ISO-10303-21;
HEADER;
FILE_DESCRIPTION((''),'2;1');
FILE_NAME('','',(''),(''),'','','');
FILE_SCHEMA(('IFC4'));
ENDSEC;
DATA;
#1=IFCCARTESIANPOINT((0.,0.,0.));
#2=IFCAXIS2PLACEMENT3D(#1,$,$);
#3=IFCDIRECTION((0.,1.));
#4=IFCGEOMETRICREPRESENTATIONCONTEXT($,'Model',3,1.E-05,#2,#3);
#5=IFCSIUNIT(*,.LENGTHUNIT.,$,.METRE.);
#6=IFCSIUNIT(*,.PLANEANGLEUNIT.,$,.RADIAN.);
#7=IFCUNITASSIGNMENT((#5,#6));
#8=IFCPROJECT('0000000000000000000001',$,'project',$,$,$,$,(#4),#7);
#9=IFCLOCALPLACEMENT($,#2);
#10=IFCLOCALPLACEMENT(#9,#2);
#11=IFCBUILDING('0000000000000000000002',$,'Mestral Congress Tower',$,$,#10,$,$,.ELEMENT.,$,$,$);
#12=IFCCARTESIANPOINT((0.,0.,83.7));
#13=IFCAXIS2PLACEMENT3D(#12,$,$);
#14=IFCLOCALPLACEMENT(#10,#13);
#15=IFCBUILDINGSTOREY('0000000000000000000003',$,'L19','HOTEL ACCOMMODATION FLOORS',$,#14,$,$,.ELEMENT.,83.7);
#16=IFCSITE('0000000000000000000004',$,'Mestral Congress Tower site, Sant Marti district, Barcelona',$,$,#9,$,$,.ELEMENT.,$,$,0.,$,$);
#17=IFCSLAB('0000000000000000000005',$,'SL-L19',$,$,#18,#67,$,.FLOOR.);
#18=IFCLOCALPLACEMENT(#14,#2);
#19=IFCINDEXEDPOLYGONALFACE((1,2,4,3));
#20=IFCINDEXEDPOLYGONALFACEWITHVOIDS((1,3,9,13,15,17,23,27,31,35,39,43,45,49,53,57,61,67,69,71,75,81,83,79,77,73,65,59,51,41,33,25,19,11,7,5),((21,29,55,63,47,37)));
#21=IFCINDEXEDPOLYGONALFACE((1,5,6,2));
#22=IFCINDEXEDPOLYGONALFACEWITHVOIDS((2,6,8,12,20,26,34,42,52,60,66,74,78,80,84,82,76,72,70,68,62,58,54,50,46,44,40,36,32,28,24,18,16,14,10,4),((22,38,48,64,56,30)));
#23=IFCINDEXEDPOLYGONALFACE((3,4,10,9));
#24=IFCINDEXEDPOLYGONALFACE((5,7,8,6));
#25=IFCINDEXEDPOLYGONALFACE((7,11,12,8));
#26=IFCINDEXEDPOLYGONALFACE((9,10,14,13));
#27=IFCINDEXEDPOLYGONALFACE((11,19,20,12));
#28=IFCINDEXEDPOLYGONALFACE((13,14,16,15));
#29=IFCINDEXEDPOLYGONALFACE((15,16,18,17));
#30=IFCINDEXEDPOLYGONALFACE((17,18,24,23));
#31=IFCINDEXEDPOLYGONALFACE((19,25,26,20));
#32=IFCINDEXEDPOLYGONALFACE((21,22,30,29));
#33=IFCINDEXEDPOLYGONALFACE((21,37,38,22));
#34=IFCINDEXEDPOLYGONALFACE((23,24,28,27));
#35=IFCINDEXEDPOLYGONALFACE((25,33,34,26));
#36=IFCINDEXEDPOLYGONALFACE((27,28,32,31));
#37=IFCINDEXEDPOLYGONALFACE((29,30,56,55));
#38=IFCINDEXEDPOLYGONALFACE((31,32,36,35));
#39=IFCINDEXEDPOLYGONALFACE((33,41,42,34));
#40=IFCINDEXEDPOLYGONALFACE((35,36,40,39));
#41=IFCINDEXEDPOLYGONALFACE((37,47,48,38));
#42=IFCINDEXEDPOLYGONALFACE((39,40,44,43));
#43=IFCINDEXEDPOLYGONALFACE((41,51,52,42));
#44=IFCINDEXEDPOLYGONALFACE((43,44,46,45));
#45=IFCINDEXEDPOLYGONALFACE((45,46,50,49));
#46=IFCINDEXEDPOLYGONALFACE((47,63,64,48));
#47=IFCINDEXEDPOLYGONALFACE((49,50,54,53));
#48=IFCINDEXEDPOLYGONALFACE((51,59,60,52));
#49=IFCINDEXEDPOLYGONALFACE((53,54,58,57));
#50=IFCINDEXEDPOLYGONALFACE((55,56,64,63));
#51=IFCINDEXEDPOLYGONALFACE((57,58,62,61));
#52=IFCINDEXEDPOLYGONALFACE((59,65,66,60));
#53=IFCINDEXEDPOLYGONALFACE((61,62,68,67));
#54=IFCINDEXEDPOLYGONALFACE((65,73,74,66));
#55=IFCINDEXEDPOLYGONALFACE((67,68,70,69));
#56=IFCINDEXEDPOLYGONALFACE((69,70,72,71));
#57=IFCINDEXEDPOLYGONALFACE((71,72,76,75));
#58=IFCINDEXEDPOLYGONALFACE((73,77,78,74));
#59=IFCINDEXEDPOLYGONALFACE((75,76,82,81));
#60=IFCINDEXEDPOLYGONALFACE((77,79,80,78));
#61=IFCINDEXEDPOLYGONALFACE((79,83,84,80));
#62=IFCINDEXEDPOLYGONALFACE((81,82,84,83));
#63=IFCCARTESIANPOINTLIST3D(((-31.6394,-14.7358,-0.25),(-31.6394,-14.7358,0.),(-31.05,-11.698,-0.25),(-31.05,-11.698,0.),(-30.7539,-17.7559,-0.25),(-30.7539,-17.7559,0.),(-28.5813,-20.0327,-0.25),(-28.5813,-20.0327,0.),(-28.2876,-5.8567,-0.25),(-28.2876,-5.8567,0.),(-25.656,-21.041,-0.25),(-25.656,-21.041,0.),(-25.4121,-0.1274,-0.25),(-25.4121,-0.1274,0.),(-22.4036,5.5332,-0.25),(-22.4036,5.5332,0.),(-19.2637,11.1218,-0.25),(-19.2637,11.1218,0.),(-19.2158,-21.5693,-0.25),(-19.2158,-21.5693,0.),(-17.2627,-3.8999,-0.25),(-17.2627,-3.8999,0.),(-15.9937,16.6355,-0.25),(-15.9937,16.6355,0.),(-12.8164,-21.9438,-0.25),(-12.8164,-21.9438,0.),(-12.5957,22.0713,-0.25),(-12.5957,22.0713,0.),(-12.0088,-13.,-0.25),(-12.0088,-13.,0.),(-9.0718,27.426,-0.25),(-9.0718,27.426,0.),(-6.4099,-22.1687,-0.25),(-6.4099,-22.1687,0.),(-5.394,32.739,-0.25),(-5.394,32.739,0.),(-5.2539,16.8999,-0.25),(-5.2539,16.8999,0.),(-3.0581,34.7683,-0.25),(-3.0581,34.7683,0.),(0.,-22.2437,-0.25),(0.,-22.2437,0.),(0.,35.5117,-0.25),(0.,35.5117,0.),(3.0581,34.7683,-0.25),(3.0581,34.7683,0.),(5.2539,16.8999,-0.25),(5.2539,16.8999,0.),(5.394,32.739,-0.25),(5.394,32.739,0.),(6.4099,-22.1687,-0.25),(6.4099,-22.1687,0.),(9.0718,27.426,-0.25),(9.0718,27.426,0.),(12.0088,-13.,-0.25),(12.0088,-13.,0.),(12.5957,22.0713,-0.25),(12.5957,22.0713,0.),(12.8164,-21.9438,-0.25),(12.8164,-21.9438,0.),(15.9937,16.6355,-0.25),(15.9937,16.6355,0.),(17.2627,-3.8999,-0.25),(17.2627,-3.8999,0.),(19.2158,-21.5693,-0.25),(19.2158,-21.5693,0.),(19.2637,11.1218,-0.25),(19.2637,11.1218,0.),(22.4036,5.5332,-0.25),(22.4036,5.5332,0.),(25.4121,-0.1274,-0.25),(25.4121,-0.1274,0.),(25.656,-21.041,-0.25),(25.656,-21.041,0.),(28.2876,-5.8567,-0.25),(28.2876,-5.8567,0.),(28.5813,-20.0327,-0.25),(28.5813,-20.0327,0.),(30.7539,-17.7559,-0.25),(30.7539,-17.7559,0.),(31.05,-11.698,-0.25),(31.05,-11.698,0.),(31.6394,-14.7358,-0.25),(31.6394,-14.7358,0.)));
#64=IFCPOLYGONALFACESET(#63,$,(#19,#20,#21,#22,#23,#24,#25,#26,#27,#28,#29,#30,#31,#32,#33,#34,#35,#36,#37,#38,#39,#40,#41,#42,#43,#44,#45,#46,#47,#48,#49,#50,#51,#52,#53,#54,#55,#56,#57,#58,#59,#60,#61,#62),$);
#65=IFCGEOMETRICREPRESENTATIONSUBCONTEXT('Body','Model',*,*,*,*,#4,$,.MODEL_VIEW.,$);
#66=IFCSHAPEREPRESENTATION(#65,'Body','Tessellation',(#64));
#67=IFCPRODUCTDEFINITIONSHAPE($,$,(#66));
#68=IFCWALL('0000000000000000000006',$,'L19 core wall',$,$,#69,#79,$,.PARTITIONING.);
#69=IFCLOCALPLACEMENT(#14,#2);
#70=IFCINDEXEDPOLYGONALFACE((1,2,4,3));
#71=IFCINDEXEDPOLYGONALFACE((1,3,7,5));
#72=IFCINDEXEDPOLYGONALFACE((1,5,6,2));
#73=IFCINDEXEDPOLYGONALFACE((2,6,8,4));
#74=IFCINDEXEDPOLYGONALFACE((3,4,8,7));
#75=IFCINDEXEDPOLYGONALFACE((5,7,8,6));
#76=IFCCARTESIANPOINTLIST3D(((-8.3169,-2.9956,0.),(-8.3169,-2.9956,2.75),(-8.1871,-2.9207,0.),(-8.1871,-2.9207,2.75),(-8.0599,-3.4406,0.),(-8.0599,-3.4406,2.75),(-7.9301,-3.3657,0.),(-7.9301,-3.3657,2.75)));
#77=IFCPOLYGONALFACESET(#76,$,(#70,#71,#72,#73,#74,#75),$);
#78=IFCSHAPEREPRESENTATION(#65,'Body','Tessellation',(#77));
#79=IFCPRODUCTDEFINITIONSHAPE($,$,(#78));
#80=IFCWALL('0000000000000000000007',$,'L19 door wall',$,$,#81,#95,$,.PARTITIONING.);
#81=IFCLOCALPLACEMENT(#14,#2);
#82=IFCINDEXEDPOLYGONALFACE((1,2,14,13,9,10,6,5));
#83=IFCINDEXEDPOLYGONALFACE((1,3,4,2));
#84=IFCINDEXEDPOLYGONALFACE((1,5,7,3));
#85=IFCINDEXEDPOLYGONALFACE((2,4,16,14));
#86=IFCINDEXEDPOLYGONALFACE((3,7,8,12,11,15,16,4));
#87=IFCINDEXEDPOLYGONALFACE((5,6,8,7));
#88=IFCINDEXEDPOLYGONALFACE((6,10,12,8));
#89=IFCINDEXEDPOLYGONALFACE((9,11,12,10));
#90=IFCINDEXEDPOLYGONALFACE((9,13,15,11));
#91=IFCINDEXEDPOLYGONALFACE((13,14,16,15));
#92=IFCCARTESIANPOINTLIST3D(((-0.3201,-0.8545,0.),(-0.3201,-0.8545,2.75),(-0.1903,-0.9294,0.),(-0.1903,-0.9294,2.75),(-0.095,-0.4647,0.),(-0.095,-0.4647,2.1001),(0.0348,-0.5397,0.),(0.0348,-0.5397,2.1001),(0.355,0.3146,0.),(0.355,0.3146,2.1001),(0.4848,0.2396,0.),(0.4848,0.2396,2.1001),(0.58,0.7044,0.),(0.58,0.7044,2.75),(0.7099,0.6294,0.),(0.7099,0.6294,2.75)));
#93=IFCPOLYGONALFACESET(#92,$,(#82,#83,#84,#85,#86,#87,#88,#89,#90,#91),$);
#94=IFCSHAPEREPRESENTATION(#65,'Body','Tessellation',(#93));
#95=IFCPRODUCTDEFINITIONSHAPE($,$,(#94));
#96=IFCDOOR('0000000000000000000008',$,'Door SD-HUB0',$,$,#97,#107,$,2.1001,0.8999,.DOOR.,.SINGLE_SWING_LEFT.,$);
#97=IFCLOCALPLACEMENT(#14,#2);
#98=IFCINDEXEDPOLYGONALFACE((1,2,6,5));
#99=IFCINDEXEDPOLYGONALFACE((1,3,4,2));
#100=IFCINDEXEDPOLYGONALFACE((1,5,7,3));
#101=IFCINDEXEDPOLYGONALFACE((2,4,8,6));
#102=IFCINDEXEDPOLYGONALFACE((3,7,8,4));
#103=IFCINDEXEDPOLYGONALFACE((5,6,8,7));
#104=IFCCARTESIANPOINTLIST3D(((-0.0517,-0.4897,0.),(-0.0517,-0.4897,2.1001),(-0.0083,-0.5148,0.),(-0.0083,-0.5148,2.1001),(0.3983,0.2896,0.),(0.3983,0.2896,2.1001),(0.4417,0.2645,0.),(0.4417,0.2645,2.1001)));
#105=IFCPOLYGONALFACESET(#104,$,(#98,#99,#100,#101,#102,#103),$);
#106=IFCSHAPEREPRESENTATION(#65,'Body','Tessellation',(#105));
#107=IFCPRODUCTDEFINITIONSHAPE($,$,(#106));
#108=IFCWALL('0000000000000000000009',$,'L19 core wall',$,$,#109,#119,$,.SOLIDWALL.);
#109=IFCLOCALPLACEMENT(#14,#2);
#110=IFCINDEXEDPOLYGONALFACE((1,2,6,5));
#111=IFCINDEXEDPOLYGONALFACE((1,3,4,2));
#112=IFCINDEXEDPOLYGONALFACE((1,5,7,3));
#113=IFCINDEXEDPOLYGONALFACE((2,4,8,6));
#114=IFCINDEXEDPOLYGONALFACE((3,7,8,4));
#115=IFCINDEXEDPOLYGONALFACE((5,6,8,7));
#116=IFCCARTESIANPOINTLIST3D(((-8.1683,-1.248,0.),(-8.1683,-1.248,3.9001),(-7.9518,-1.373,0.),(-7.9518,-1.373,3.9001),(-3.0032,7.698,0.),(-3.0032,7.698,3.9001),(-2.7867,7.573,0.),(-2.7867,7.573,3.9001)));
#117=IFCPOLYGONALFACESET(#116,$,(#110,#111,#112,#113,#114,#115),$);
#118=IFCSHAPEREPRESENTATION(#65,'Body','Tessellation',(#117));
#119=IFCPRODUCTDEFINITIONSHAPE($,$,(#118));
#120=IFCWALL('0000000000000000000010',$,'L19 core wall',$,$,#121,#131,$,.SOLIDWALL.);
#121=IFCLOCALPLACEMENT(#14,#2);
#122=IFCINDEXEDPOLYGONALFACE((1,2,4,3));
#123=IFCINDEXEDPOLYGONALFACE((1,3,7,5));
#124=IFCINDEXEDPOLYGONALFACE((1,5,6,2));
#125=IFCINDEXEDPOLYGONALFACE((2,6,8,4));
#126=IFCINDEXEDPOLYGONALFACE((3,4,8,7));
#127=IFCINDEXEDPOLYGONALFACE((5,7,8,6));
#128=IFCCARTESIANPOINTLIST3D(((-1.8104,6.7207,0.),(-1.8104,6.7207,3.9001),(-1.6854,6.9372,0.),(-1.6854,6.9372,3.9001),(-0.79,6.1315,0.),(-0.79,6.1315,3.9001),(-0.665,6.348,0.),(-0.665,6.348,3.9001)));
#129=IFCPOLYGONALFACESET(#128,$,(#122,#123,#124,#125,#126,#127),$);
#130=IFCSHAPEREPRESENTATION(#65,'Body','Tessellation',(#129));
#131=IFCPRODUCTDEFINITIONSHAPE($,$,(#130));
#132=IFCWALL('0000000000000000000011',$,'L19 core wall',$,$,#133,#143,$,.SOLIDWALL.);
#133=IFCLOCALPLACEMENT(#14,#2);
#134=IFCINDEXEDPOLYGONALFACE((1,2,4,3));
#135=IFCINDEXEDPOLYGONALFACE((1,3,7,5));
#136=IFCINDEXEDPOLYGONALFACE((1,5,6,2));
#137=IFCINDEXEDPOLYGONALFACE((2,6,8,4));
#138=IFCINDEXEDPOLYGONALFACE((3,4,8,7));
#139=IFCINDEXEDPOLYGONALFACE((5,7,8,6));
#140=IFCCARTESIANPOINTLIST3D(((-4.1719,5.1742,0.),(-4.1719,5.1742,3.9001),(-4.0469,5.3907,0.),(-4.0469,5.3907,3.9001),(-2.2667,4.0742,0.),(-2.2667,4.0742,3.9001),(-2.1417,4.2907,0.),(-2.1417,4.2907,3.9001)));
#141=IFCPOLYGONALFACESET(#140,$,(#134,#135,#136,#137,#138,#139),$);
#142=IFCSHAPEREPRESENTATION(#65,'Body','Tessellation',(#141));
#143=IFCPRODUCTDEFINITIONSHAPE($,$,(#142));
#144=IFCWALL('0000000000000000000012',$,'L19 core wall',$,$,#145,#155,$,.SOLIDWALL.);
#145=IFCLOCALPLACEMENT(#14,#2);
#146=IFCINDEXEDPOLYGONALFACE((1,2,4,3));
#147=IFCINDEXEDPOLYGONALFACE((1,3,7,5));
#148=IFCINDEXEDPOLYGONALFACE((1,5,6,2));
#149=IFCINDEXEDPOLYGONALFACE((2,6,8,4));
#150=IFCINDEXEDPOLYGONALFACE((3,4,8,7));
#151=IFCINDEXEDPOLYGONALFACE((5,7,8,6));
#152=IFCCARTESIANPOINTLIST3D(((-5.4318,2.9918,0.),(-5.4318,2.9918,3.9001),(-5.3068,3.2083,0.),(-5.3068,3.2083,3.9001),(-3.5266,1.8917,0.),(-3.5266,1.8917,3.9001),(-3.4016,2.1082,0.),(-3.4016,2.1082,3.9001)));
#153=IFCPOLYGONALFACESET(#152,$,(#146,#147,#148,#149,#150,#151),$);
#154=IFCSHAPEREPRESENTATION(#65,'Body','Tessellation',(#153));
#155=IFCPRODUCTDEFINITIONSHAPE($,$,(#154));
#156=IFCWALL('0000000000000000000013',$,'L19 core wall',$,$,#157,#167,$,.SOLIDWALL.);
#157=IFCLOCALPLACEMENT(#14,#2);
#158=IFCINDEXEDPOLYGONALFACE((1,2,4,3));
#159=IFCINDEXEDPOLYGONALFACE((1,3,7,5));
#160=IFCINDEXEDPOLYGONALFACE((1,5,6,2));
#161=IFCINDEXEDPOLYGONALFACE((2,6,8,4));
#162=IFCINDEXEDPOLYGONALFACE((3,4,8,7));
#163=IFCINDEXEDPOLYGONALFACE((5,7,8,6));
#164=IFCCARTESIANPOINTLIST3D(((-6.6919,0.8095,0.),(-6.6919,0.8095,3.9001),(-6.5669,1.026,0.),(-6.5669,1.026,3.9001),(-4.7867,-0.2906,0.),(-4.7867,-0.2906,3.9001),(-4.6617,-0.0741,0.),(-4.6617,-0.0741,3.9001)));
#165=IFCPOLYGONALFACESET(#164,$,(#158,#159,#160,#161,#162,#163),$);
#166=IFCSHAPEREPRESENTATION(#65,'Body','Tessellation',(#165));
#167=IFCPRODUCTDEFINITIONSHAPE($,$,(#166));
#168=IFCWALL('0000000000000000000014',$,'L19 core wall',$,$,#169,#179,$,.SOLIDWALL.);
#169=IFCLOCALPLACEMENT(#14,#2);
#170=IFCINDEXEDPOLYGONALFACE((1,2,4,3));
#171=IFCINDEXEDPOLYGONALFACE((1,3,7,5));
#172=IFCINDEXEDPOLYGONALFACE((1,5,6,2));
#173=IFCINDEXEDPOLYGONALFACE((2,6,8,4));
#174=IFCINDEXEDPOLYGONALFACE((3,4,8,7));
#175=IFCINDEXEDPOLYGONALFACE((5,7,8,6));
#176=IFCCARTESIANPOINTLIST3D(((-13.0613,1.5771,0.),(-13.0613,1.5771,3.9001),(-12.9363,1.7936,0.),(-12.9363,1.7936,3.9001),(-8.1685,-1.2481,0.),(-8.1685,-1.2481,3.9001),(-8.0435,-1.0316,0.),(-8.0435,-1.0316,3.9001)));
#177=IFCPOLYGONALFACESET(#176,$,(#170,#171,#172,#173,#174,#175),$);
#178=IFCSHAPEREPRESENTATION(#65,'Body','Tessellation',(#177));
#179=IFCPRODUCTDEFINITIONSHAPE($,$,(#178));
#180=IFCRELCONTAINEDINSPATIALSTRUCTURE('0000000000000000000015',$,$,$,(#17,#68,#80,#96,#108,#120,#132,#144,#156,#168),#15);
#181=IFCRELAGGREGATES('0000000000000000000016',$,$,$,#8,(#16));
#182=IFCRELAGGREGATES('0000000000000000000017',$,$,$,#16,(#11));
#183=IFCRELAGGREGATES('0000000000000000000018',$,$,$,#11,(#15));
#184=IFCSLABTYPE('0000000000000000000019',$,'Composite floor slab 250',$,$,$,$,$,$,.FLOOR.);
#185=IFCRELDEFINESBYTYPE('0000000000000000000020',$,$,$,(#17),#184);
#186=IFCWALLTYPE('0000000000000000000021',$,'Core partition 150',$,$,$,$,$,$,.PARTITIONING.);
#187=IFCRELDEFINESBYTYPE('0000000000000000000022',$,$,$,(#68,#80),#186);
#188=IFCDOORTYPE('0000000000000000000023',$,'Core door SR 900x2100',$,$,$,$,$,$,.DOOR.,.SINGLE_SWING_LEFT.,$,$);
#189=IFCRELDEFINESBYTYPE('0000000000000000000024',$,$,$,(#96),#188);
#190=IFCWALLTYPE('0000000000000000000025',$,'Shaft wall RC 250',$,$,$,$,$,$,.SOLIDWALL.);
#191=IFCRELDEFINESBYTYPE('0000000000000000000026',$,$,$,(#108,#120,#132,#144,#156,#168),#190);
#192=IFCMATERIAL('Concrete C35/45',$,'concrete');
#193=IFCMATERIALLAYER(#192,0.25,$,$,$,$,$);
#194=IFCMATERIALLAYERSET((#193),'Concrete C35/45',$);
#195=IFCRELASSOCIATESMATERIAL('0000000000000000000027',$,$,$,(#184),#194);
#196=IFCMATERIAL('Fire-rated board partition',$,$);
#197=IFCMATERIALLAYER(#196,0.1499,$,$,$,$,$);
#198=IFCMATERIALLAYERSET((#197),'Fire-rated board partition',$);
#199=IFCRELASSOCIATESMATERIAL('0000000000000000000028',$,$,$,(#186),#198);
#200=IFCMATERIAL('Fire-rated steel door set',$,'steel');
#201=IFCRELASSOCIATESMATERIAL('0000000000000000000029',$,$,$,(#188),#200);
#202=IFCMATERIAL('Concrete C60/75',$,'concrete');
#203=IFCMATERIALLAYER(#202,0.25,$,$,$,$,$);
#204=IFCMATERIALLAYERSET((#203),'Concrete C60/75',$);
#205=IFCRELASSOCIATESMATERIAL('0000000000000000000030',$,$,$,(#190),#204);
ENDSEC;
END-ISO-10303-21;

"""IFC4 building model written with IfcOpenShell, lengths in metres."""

from ifc_helpers import new_model, si_unit, direction, frame, frame_2d, origin, place, context, subcontext, project, spatial, polyline, rectangle, outline, extrude, material, layer, layer_set, type_object, element, fill, save


model = new_model("IFC4")

# Units and contexts
model_context = context("Model", 3, precision=1e-05, world=origin(), true_north=direction((0.0, 1.0)))
body_context = subcontext(model_context, "Body", "Model", "MODEL_VIEW")
ifc_project = project(units=[si_unit("LENGTHUNIT", "METRE"), si_unit("PLANEANGLEUNIT", "RADIAN")], contexts=[model_context])

# Site, building, storey
site_placement = place(None, origin())
site = spatial("IfcSite", under=ifc_project, at=site_placement, Name="Mestral Congress Tower site, Sant Marti district, Barcelona", CompositionType="ELEMENT", RefElevation=0.0)
building_placement = place(site_placement, origin())
building = spatial("IfcBuilding", under=site, at=building_placement, Name="Mestral Congress Tower", CompositionType="ELEMENT")
storey_placement = place(building_placement, frame((0.0, 0.0, 83.7)))
storey = spatial("IfcBuildingStorey", under=building, at=storey_placement, Name="L19", Description="HOTEL ACCOMMODATION FLOORS", CompositionType="ELEMENT", Elevation=83.7)

# Slab
ifc_material_1 = material(Name="Concrete C35/45", Category="concrete")
ifc_layer_1 = layer(ifc_material_1, 0.25)
ifc_layer_set_1 = layer_set([ifc_layer_1], Name="Concrete C35/45")
slab_type = type_object("IfcSlabType", Name="Composite floor slab 250", PredefinedType="FLOOR", material=ifc_layer_set_1)
slab_placement = place(storey_placement, frame((0.0, 0.0, -0.25)))
element("IfcSlab", 1, at=slab_placement, inside=storey, type_object=slab_type, Name="SL-L19", PredefinedType="FLOOR", context=body_context, shape_type="SweptSolid", body=[
    extrude(outline(polyline([(-25.656, -21.041), (-28.5813, -20.0327), (-30.7539, -17.7559), (-31.6394, -14.7358), (-31.05, -11.698), (-28.2876, -5.8567), (-25.4121, -0.1274), (-22.4036, 5.5332), (-19.2637, 11.1218), (-15.9937, 16.6355), (-12.5957, 22.0713), (-9.0718, 27.426), (-5.394, 32.739), (-3.0581, 34.7683), (0.0, 35.5117), (3.0581, 34.7683), (5.394, 32.739), (9.0718, 27.426), (12.5957, 22.0713), (15.9937, 16.6355), (19.2637, 11.1218), (22.4036, 5.5332), (25.4121, -0.1274), (28.2876, -5.8567), (31.05, -11.698), (31.6394, -14.7358), (30.7539, -17.7559), (28.5813, -20.0327), (25.656, -21.041), (19.2158, -21.5693), (12.8164, -21.9438), (6.4099, -22.1687), (0.0, -22.2437), (-6.4099, -22.1687), (-12.8164, -21.9438), (-19.2158, -21.5693), (-25.656, -21.041)]), holes=[polyline([(-5.2539, 16.8999), (-17.2627, -3.8999), (-12.0088, -13.0), (12.0088, -13.0), (17.2627, -3.8999), (5.2539, 16.8999), (-5.2539, 16.8999)])]), origin(), (0.0, 0.0, 1.0), 0.25),
])

# Wall
ifc_material_2 = material(Name="Fire-rated board partition")
ifc_layer_2 = layer(ifc_material_2, 0.1499)
ifc_layer_set_2 = layer_set([ifc_layer_2], Name="Fire-rated board partition")
wall_type_1 = type_object("IfcWallType", Name="Core partition 150", PredefinedType="PARTITIONING", material=ifc_layer_set_2)
wall_1_placement = place(storey_placement, frame((-8.252, -2.9583, 0.0), z_axis=(0.0, 0.0, 1.0), x_axis=(0.500175, -0.865925, 0.0)))
element("IfcWall", 2, at=wall_1_placement, inside=storey, type_object=wall_type_1, Name="L19 core wall", PredefinedType="PARTITIONING", context=body_context, shape_type="SweptSolid", body=[
    extrude(rectangle(XDim=0.5139, YDim=0.1499, at=frame_2d((0.2568, 0.0))), origin(), (0.0, 0.0, 1.0), 2.75),
])

# Wall, opening, door
wall_2_placement = place(storey_placement, frame((-0.2551, -0.8918, 0.0), z_axis=(0.0, 0.0, 1.0), x_axis=(0.500063, 0.865989, 0.0)))
wall_2 = element("IfcWall", 3, at=wall_2_placement, inside=storey, type_object=wall_type_1, Name="L19 door wall", PredefinedType="PARTITIONING", context=body_context, shape_type="SweptSolid", body=[
    extrude(rectangle(XDim=1.8, YDim=0.1499, at=frame_2d((0.8999, 0.0))), origin(), (0.0, 0.0, 1.0), 2.75),
])
opening_1_placement = place(wall_2_placement, frame((0.45, 0.0, 0.0)))
opening_1 = element("IfcOpeningElement", 4, at=opening_1_placement, cuts=wall_2, PredefinedType="OPENING", context=body_context, shape_type="SweptSolid", body=[
    extrude(rectangle(XDim=0.8999, YDim=2.1001, at=frame_2d((0.45, 1.05))), frame((0.0, 0.085, 0.0), z_axis=(0.0, -1.0, 0.0), x_axis=(1.0, 0.0, 0.0)), (0.0, 0.0, 1.0), 0.1699),
])
ifc_material_3 = material(Name="Fire-rated steel door set", Category="steel")
door_type_1 = type_object("IfcDoorType", Name="Core door SR 900x2100", OperationType="SINGLE_SWING_LEFT", PredefinedType="DOOR", material=ifc_material_3)
door_1_placement = place(opening_1_placement, origin())
door_1 = element("IfcDoor", 5, at=door_1_placement, inside=storey, type_object=door_type_1, Name="Door SD-HUB0", OperationType="SINGLE_SWING_LEFT", OverallHeight=2.1001, OverallWidth=0.8999, PredefinedType="DOOR", context=body_context, shape_type="SweptSolid", body=[
    extrude(rectangle(XDim=0.8999, YDim=2.1001, at=frame_2d((0.45, 1.05))), frame((0.0, 0.0249, 0.0), z_axis=(0.0, -1.0, 0.0), x_axis=(1.0, 0.0, 0.0)), (0.0, 0.0, 1.0), 0.05),
])
fill(opening_1, door_1)

# Walls
ifc_material_4 = material(Name="Concrete C60/75", Category="concrete")
ifc_layer_3 = layer(ifc_material_4, 0.25)
ifc_layer_set_3 = layer_set([ifc_layer_3], Name="Concrete C60/75")
wall_type_2 = type_object("IfcWallType", Name="Shaft wall RC 250", PredefinedType="SOLIDWALL", material=ifc_layer_set_3)
wall_3_placement = place(storey_placement, frame((-8.0601, -1.3105, 0.0), z_axis=(0.0, 0.0, 1.0), x_axis=(0.500003, 0.866024, 0.0)))
element("IfcWall", 6, at=wall_3_placement, inside=storey, type_object=wall_type_2, Name="L19 core wall", PredefinedType="SOLIDWALL", context=body_context, shape_type="SweptSolid", body=[
    extrude(rectangle(XDim=10.3301, YDim=0.25, at=frame_2d((5.165, 0.0))), origin(), (0.0, 0.0, 1.0), 3.9001),
])
wall_4_placement = place(storey_placement, frame((-0.7275, 6.2397, 0.0), z_axis=(0.0, 0.0, 1.0), x_axis=(-0.866003, 0.500039, 0.0)))
element("IfcWall", 7, at=wall_4_placement, inside=storey, type_object=wall_type_2, Name="L19 core wall", PredefinedType="SOLIDWALL", context=body_context, shape_type="SweptSolid", body=[
    extrude(rectangle(XDim=1.1782, YDim=0.25, at=frame_2d((0.5891, 0.0))), origin(), (0.0, 0.0, 1.0), 3.9001),
])
for number, where, z_axis, x_axis, name in (
    (8, (-2.2041, 4.1824, 0.0), (0.0, 0.0, 1.0), (-0.866008, 0.50003, 0.0), "L19 core wall"),
    (9, (-5.3694, 3.1001, 0.0), (0.0, 0.0, 1.0), (0.866008, -0.50003, 0.0), "L19 core wall"),
    (10, (-4.7241, -0.1824, 0.0), (0.0, 0.0, 1.0), (-0.866008, 0.50003, 0.0), "L19 core wall"),
):
    element("IfcWall", number, at=place(storey_placement, frame(where, z_axis=z_axis, x_axis=x_axis)), inside=storey, type_object=wall_type_2, Name=name, PredefinedType="SOLIDWALL", context=body_context, shape_type="SweptSolid", body=[
        extrude(rectangle(XDim=2.2, YDim=0.25, at=frame_2d((1.1001, 0.0))), origin(), (0.0, 0.0, 1.0), 3.9001),
    ])
wall_5_placement = place(storey_placement, frame((-8.106, -1.1399, 0.0), z_axis=(0.0, 0.0, 1.0), x_axis=(-0.866001, 0.500043, 0.0)))
element("IfcWall", 11, at=wall_5_placement, inside=storey, type_object=wall_type_2, Name="L19 core wall", PredefinedType="SOLIDWALL", context=body_context, shape_type="SweptSolid", body=[
    extrude(rectangle(XDim=5.6499, YDim=0.25, at=frame_2d((2.825, 0.0))), origin(), (0.0, 0.0, 1.0), 3.9001),
])

save(model, "model.ifc")
